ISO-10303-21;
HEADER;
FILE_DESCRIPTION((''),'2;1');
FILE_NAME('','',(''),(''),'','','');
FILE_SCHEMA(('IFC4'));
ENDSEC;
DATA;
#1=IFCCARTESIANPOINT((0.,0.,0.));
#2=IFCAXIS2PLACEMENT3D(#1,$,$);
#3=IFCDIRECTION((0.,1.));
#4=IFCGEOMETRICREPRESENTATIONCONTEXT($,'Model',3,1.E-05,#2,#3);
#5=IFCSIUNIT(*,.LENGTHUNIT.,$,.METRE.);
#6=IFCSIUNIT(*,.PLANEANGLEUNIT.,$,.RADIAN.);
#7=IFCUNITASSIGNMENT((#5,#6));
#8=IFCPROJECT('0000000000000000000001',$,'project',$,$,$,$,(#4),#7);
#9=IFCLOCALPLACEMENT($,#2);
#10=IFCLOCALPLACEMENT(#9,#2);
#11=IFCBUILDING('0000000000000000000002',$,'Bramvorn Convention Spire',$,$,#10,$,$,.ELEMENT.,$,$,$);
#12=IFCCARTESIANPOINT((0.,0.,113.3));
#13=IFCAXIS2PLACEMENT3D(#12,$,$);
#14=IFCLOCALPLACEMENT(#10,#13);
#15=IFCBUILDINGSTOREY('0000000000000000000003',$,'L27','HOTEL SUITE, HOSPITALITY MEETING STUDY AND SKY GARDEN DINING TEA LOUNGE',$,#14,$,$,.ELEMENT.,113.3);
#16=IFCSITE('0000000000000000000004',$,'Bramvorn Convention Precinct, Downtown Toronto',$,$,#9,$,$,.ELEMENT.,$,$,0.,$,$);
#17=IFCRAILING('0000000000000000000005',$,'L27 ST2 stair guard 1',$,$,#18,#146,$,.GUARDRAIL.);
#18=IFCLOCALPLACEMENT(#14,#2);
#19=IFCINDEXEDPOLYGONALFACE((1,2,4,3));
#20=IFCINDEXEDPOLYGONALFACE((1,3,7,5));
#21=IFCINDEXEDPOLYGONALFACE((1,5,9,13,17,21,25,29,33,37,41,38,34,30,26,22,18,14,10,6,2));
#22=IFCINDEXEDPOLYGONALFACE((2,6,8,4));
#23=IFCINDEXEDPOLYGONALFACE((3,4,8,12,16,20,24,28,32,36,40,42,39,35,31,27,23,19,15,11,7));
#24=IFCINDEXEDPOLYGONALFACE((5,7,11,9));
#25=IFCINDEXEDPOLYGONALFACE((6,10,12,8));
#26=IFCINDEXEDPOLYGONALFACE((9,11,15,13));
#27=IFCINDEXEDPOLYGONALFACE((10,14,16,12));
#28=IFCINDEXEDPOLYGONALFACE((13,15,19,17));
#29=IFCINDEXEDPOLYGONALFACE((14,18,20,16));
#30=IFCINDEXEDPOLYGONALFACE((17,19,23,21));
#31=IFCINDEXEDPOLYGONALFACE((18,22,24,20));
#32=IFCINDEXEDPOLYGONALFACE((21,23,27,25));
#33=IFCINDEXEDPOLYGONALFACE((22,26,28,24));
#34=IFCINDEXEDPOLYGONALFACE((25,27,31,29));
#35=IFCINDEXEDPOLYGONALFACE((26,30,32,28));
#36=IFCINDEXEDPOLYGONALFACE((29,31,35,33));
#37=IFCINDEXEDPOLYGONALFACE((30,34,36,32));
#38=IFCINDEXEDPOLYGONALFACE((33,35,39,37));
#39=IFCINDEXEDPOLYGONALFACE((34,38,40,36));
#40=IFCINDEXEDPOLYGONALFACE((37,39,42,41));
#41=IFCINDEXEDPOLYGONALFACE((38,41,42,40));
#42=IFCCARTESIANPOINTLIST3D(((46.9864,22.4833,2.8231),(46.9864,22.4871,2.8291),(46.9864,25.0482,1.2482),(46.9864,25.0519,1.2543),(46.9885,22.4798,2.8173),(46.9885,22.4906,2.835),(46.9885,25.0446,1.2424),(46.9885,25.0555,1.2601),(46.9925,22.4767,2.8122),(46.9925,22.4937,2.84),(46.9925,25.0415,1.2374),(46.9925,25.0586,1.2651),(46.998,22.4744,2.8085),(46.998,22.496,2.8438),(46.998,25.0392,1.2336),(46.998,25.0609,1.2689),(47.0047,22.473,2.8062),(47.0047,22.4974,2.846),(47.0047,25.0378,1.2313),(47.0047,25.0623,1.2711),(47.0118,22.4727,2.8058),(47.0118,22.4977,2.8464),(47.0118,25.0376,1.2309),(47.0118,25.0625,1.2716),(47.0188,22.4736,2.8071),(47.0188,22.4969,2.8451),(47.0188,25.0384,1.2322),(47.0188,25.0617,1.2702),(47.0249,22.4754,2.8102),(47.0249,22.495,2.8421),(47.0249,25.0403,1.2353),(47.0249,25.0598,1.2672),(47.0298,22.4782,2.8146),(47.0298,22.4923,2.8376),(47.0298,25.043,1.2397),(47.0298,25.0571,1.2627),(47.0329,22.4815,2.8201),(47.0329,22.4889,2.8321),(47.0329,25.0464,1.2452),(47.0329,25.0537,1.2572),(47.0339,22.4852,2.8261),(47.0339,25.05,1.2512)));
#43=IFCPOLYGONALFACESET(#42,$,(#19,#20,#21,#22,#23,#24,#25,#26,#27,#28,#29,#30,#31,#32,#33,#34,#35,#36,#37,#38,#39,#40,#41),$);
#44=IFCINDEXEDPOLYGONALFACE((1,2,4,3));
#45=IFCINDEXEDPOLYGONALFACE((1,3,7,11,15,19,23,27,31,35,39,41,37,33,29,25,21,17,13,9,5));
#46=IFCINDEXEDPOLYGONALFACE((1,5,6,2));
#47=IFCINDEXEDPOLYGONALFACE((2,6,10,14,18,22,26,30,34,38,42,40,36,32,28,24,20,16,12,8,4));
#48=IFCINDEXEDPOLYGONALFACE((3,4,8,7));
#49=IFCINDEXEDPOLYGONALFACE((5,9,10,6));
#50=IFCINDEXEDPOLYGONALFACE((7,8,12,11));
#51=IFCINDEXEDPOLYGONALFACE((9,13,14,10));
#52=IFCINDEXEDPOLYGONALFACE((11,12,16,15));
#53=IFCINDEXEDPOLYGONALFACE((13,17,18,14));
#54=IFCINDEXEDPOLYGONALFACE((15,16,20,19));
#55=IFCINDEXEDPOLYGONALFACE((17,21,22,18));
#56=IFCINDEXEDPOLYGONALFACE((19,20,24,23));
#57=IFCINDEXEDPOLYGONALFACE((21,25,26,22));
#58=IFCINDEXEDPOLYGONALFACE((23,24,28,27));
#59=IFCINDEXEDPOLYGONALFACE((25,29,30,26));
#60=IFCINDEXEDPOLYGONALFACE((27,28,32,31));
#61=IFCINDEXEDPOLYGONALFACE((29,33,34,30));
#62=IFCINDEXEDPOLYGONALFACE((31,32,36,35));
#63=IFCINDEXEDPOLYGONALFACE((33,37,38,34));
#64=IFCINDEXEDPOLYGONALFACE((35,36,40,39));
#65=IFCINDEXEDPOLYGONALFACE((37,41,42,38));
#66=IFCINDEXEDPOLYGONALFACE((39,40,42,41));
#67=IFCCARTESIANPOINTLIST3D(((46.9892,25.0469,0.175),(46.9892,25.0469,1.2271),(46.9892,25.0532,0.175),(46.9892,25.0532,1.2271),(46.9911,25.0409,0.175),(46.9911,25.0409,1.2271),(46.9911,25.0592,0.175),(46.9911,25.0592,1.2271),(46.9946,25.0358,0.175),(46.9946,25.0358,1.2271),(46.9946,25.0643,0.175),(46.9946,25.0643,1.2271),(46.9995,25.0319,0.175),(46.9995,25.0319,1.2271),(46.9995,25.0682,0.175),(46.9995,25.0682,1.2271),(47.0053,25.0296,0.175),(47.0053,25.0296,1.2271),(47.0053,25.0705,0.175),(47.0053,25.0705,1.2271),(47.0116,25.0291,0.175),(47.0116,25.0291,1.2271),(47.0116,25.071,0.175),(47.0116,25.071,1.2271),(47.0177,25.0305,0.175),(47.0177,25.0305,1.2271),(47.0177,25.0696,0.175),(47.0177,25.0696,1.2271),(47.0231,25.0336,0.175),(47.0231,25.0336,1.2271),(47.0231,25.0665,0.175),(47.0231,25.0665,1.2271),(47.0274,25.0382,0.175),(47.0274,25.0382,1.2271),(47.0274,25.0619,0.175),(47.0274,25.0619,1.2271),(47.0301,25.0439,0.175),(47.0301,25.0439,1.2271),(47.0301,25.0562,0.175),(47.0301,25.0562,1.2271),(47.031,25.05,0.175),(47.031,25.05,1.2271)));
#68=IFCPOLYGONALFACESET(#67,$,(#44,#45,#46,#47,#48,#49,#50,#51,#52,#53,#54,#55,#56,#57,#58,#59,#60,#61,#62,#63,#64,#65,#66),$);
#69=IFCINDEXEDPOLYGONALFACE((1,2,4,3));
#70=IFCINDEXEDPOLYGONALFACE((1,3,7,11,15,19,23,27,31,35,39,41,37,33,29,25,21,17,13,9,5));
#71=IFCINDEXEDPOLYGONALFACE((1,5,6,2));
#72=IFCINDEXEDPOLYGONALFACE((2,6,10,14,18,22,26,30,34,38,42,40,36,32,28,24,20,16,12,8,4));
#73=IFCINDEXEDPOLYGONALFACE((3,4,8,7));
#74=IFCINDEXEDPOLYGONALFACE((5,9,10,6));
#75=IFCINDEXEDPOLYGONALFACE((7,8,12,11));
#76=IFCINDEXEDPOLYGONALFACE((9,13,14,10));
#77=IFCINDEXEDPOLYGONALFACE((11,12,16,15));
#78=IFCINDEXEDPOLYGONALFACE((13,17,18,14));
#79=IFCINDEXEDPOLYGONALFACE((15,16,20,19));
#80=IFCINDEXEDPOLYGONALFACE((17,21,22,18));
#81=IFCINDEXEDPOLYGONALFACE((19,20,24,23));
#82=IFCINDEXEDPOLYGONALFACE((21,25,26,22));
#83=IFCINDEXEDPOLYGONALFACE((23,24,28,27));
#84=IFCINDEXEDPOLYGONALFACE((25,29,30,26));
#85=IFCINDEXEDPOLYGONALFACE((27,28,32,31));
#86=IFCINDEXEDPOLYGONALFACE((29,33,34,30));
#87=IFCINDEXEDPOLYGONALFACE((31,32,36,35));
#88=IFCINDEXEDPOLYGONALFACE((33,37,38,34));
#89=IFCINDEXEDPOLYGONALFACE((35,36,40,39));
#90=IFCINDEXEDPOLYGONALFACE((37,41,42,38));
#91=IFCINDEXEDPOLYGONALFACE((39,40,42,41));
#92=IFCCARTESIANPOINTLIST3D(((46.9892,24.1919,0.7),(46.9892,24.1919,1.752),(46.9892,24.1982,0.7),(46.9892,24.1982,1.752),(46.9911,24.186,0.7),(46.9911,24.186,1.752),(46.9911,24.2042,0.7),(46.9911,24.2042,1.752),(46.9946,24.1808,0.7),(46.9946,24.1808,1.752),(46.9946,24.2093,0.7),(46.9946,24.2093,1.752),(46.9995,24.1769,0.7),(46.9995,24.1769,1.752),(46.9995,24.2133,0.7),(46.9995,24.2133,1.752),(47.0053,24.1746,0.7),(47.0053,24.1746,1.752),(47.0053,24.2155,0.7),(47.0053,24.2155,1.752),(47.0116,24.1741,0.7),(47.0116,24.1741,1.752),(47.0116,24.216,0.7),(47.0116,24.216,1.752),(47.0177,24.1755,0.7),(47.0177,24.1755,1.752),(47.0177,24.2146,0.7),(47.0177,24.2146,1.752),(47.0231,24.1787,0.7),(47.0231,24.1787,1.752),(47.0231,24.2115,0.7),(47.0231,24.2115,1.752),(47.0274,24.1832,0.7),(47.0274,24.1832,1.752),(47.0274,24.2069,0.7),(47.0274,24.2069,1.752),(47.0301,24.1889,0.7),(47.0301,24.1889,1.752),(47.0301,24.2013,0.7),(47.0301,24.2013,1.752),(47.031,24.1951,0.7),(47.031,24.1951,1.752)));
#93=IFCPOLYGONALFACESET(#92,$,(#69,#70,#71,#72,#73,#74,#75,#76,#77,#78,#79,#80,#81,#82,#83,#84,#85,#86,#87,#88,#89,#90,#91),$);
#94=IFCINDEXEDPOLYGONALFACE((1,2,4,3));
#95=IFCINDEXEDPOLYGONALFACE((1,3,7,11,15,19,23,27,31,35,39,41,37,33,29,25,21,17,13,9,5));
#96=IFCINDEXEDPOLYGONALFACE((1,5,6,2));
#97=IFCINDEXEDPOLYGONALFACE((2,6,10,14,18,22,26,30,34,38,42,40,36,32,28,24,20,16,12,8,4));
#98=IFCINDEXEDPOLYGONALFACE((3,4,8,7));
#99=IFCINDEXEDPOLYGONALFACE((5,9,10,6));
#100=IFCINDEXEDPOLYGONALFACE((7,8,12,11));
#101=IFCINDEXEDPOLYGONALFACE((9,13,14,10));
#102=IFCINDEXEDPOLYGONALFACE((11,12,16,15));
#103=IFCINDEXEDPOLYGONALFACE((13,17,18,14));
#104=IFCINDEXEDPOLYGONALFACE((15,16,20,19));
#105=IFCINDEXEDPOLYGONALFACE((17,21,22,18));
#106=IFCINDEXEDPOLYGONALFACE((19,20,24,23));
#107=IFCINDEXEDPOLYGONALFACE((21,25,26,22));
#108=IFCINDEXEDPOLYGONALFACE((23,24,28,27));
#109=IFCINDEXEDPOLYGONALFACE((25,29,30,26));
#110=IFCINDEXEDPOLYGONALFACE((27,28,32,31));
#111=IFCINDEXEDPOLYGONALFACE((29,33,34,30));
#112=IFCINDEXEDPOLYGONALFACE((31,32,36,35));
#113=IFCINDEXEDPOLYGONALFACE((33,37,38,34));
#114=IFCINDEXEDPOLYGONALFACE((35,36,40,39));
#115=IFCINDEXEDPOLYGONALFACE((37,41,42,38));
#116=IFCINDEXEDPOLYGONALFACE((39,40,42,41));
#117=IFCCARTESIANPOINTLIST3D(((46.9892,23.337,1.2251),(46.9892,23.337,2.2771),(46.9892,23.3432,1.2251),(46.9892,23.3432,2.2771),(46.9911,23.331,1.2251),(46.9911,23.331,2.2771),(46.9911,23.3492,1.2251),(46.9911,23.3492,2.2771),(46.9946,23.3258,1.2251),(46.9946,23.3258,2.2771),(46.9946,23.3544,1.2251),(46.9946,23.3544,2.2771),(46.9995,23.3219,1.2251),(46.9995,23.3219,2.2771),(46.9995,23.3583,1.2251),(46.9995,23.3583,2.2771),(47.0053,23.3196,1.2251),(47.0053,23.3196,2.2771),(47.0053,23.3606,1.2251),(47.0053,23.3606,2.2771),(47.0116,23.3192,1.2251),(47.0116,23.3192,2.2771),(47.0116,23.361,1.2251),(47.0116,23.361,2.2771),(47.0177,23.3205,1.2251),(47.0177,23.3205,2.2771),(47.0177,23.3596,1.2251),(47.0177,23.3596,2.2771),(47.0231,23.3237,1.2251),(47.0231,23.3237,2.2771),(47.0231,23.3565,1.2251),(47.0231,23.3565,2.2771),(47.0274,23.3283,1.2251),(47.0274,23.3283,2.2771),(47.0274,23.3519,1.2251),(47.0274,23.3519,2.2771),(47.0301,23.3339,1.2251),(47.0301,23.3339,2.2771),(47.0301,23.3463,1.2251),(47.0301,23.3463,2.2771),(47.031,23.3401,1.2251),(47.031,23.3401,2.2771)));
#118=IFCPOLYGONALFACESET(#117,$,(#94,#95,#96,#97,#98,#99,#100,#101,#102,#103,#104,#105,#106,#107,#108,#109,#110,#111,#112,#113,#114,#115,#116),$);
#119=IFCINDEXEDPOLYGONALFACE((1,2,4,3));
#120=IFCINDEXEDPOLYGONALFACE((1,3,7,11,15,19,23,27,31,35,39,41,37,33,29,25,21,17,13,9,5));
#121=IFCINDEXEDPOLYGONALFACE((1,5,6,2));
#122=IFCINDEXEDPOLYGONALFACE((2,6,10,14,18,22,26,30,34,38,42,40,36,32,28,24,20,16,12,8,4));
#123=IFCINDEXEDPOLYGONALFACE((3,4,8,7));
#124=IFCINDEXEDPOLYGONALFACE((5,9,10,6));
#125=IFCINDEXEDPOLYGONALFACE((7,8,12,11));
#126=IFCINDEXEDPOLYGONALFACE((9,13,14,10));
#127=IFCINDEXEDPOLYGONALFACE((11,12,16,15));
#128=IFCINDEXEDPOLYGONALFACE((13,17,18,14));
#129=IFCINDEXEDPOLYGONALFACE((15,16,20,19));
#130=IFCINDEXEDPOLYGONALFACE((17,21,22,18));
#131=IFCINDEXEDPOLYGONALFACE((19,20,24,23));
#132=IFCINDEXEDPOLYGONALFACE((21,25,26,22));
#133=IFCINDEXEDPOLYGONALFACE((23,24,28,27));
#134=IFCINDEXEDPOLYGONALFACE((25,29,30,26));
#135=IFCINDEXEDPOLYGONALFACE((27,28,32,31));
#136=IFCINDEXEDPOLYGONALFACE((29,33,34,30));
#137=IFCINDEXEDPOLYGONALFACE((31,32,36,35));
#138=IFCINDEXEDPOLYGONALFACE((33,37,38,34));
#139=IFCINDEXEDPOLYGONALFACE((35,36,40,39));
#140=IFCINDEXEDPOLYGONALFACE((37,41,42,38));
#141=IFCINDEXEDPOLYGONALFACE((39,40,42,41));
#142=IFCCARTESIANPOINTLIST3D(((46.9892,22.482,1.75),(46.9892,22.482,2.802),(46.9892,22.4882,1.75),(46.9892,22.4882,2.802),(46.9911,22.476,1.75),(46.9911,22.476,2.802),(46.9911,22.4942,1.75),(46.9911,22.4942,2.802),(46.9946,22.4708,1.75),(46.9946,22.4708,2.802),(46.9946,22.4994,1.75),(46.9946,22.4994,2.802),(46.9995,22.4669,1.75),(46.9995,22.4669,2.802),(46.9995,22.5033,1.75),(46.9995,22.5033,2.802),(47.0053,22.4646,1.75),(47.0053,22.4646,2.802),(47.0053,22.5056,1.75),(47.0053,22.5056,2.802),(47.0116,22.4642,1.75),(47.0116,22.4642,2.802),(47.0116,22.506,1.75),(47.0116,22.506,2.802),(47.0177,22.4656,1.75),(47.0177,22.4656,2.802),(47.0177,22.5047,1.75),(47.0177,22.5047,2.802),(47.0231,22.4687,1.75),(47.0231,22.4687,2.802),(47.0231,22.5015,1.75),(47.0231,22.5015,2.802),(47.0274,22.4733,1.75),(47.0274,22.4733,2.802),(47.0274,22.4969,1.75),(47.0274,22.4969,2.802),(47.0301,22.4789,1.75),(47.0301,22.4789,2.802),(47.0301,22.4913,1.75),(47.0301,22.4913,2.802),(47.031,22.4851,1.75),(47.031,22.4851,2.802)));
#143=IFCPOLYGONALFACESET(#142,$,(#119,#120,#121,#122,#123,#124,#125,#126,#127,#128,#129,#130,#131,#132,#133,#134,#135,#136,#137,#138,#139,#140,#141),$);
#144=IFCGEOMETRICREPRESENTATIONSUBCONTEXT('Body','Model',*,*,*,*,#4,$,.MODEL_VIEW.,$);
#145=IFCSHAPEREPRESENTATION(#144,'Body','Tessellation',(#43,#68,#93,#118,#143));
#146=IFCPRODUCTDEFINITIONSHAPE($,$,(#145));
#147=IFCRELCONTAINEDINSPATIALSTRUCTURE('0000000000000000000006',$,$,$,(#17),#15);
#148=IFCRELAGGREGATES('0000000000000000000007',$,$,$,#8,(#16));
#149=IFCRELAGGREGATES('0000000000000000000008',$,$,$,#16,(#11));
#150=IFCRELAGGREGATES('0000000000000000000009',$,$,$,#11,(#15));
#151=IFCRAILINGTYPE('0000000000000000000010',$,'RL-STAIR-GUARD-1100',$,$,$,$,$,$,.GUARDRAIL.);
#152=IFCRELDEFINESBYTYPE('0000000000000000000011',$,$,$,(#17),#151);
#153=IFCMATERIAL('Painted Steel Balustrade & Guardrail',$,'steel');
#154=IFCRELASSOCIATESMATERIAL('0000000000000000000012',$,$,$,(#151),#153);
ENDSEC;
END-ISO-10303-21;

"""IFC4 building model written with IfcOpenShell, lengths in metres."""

from ifc_helpers import new_model, si_unit, direction, frame, origin, origin_2d, place, context, subcontext, project, spatial, circle, extrude, material, type_object, element, save


model = new_model("IFC4")

# Units and contexts
model_context = context("Model", 3, precision=1e-05, world=origin(), true_north=direction((0.0, 1.0)))
body_context = subcontext(model_context, "Body", "Model", "MODEL_VIEW")
ifc_project = project(units=[si_unit("LENGTHUNIT", "METRE"), si_unit("PLANEANGLEUNIT", "RADIAN")], contexts=[model_context])

# Site, building, storey
site_placement = place(None, origin())
site = spatial("IfcSite", under=ifc_project, at=site_placement, Name="Bramvorn Convention Precinct, Downtown Toronto", CompositionType="ELEMENT", RefElevation=0.0)
building_placement = place(site_placement, origin())
building = spatial("IfcBuilding", under=site, at=building_placement, Name="Bramvorn Convention Spire", CompositionType="ELEMENT")
storey_placement = place(building_placement, frame((0.0, 0.0, 113.3)))
storey = spatial("IfcBuildingStorey", under=building, at=storey_placement, Name="L27", Description="HOTEL SUITE, HOSPITALITY MEETING STUDY AND SKY GARDEN DINING TEA LOUNGE", CompositionType="ELEMENT", Elevation=113.3)

# Railing
ifc_material_1 = material(Name="Painted Steel Balustrade & Guardrail", Category="steel")
railing_type_1 = type_object("IfcRailingType", Name="RL-STAIR-GUARD-1100", PredefinedType="GUARDRAIL", material=ifc_material_1)
railing_1_placement = place(storey_placement, frame((47.01, 25.05, 0.175)))
element("IfcRailing", 1, at=railing_1_placement, inside=storey, type_object=railing_type_1, Name="L27 ST2 stair guard 1", PredefinedType="GUARDRAIL", context=body_context, shape_type="SweptSolid", body=[
    extrude(circle(Radius=0.0239, at=origin_2d()), frame((0.0, 0.0, 1.0762), z_axis=(0.0, -0.852173, 0.52326), x_axis=(1.0, 0.0, 0.0)), (0.0, 0.0, 1.0), 3.0098),
    extrude(circle(Radius=0.021, at=origin_2d()), origin(), (0.0, 0.0, 1.0), 1.052),
    extrude(circle(Radius=0.021, at=origin_2d()), frame((0.0, -0.855, 0.5249)), (0.0, 0.0, 1.0), 1.052),
    extrude(circle(Radius=0.021, at=origin_2d()), frame((0.0, -1.71, 1.05)), (0.0, 0.0, 1.0), 1.052),
    extrude(circle(Radius=0.021, at=origin_2d()), frame((0.0, -2.5649, 1.575)), (0.0, 0.0, 1.0), 1.052),
])

save(model, "model.ifc")
